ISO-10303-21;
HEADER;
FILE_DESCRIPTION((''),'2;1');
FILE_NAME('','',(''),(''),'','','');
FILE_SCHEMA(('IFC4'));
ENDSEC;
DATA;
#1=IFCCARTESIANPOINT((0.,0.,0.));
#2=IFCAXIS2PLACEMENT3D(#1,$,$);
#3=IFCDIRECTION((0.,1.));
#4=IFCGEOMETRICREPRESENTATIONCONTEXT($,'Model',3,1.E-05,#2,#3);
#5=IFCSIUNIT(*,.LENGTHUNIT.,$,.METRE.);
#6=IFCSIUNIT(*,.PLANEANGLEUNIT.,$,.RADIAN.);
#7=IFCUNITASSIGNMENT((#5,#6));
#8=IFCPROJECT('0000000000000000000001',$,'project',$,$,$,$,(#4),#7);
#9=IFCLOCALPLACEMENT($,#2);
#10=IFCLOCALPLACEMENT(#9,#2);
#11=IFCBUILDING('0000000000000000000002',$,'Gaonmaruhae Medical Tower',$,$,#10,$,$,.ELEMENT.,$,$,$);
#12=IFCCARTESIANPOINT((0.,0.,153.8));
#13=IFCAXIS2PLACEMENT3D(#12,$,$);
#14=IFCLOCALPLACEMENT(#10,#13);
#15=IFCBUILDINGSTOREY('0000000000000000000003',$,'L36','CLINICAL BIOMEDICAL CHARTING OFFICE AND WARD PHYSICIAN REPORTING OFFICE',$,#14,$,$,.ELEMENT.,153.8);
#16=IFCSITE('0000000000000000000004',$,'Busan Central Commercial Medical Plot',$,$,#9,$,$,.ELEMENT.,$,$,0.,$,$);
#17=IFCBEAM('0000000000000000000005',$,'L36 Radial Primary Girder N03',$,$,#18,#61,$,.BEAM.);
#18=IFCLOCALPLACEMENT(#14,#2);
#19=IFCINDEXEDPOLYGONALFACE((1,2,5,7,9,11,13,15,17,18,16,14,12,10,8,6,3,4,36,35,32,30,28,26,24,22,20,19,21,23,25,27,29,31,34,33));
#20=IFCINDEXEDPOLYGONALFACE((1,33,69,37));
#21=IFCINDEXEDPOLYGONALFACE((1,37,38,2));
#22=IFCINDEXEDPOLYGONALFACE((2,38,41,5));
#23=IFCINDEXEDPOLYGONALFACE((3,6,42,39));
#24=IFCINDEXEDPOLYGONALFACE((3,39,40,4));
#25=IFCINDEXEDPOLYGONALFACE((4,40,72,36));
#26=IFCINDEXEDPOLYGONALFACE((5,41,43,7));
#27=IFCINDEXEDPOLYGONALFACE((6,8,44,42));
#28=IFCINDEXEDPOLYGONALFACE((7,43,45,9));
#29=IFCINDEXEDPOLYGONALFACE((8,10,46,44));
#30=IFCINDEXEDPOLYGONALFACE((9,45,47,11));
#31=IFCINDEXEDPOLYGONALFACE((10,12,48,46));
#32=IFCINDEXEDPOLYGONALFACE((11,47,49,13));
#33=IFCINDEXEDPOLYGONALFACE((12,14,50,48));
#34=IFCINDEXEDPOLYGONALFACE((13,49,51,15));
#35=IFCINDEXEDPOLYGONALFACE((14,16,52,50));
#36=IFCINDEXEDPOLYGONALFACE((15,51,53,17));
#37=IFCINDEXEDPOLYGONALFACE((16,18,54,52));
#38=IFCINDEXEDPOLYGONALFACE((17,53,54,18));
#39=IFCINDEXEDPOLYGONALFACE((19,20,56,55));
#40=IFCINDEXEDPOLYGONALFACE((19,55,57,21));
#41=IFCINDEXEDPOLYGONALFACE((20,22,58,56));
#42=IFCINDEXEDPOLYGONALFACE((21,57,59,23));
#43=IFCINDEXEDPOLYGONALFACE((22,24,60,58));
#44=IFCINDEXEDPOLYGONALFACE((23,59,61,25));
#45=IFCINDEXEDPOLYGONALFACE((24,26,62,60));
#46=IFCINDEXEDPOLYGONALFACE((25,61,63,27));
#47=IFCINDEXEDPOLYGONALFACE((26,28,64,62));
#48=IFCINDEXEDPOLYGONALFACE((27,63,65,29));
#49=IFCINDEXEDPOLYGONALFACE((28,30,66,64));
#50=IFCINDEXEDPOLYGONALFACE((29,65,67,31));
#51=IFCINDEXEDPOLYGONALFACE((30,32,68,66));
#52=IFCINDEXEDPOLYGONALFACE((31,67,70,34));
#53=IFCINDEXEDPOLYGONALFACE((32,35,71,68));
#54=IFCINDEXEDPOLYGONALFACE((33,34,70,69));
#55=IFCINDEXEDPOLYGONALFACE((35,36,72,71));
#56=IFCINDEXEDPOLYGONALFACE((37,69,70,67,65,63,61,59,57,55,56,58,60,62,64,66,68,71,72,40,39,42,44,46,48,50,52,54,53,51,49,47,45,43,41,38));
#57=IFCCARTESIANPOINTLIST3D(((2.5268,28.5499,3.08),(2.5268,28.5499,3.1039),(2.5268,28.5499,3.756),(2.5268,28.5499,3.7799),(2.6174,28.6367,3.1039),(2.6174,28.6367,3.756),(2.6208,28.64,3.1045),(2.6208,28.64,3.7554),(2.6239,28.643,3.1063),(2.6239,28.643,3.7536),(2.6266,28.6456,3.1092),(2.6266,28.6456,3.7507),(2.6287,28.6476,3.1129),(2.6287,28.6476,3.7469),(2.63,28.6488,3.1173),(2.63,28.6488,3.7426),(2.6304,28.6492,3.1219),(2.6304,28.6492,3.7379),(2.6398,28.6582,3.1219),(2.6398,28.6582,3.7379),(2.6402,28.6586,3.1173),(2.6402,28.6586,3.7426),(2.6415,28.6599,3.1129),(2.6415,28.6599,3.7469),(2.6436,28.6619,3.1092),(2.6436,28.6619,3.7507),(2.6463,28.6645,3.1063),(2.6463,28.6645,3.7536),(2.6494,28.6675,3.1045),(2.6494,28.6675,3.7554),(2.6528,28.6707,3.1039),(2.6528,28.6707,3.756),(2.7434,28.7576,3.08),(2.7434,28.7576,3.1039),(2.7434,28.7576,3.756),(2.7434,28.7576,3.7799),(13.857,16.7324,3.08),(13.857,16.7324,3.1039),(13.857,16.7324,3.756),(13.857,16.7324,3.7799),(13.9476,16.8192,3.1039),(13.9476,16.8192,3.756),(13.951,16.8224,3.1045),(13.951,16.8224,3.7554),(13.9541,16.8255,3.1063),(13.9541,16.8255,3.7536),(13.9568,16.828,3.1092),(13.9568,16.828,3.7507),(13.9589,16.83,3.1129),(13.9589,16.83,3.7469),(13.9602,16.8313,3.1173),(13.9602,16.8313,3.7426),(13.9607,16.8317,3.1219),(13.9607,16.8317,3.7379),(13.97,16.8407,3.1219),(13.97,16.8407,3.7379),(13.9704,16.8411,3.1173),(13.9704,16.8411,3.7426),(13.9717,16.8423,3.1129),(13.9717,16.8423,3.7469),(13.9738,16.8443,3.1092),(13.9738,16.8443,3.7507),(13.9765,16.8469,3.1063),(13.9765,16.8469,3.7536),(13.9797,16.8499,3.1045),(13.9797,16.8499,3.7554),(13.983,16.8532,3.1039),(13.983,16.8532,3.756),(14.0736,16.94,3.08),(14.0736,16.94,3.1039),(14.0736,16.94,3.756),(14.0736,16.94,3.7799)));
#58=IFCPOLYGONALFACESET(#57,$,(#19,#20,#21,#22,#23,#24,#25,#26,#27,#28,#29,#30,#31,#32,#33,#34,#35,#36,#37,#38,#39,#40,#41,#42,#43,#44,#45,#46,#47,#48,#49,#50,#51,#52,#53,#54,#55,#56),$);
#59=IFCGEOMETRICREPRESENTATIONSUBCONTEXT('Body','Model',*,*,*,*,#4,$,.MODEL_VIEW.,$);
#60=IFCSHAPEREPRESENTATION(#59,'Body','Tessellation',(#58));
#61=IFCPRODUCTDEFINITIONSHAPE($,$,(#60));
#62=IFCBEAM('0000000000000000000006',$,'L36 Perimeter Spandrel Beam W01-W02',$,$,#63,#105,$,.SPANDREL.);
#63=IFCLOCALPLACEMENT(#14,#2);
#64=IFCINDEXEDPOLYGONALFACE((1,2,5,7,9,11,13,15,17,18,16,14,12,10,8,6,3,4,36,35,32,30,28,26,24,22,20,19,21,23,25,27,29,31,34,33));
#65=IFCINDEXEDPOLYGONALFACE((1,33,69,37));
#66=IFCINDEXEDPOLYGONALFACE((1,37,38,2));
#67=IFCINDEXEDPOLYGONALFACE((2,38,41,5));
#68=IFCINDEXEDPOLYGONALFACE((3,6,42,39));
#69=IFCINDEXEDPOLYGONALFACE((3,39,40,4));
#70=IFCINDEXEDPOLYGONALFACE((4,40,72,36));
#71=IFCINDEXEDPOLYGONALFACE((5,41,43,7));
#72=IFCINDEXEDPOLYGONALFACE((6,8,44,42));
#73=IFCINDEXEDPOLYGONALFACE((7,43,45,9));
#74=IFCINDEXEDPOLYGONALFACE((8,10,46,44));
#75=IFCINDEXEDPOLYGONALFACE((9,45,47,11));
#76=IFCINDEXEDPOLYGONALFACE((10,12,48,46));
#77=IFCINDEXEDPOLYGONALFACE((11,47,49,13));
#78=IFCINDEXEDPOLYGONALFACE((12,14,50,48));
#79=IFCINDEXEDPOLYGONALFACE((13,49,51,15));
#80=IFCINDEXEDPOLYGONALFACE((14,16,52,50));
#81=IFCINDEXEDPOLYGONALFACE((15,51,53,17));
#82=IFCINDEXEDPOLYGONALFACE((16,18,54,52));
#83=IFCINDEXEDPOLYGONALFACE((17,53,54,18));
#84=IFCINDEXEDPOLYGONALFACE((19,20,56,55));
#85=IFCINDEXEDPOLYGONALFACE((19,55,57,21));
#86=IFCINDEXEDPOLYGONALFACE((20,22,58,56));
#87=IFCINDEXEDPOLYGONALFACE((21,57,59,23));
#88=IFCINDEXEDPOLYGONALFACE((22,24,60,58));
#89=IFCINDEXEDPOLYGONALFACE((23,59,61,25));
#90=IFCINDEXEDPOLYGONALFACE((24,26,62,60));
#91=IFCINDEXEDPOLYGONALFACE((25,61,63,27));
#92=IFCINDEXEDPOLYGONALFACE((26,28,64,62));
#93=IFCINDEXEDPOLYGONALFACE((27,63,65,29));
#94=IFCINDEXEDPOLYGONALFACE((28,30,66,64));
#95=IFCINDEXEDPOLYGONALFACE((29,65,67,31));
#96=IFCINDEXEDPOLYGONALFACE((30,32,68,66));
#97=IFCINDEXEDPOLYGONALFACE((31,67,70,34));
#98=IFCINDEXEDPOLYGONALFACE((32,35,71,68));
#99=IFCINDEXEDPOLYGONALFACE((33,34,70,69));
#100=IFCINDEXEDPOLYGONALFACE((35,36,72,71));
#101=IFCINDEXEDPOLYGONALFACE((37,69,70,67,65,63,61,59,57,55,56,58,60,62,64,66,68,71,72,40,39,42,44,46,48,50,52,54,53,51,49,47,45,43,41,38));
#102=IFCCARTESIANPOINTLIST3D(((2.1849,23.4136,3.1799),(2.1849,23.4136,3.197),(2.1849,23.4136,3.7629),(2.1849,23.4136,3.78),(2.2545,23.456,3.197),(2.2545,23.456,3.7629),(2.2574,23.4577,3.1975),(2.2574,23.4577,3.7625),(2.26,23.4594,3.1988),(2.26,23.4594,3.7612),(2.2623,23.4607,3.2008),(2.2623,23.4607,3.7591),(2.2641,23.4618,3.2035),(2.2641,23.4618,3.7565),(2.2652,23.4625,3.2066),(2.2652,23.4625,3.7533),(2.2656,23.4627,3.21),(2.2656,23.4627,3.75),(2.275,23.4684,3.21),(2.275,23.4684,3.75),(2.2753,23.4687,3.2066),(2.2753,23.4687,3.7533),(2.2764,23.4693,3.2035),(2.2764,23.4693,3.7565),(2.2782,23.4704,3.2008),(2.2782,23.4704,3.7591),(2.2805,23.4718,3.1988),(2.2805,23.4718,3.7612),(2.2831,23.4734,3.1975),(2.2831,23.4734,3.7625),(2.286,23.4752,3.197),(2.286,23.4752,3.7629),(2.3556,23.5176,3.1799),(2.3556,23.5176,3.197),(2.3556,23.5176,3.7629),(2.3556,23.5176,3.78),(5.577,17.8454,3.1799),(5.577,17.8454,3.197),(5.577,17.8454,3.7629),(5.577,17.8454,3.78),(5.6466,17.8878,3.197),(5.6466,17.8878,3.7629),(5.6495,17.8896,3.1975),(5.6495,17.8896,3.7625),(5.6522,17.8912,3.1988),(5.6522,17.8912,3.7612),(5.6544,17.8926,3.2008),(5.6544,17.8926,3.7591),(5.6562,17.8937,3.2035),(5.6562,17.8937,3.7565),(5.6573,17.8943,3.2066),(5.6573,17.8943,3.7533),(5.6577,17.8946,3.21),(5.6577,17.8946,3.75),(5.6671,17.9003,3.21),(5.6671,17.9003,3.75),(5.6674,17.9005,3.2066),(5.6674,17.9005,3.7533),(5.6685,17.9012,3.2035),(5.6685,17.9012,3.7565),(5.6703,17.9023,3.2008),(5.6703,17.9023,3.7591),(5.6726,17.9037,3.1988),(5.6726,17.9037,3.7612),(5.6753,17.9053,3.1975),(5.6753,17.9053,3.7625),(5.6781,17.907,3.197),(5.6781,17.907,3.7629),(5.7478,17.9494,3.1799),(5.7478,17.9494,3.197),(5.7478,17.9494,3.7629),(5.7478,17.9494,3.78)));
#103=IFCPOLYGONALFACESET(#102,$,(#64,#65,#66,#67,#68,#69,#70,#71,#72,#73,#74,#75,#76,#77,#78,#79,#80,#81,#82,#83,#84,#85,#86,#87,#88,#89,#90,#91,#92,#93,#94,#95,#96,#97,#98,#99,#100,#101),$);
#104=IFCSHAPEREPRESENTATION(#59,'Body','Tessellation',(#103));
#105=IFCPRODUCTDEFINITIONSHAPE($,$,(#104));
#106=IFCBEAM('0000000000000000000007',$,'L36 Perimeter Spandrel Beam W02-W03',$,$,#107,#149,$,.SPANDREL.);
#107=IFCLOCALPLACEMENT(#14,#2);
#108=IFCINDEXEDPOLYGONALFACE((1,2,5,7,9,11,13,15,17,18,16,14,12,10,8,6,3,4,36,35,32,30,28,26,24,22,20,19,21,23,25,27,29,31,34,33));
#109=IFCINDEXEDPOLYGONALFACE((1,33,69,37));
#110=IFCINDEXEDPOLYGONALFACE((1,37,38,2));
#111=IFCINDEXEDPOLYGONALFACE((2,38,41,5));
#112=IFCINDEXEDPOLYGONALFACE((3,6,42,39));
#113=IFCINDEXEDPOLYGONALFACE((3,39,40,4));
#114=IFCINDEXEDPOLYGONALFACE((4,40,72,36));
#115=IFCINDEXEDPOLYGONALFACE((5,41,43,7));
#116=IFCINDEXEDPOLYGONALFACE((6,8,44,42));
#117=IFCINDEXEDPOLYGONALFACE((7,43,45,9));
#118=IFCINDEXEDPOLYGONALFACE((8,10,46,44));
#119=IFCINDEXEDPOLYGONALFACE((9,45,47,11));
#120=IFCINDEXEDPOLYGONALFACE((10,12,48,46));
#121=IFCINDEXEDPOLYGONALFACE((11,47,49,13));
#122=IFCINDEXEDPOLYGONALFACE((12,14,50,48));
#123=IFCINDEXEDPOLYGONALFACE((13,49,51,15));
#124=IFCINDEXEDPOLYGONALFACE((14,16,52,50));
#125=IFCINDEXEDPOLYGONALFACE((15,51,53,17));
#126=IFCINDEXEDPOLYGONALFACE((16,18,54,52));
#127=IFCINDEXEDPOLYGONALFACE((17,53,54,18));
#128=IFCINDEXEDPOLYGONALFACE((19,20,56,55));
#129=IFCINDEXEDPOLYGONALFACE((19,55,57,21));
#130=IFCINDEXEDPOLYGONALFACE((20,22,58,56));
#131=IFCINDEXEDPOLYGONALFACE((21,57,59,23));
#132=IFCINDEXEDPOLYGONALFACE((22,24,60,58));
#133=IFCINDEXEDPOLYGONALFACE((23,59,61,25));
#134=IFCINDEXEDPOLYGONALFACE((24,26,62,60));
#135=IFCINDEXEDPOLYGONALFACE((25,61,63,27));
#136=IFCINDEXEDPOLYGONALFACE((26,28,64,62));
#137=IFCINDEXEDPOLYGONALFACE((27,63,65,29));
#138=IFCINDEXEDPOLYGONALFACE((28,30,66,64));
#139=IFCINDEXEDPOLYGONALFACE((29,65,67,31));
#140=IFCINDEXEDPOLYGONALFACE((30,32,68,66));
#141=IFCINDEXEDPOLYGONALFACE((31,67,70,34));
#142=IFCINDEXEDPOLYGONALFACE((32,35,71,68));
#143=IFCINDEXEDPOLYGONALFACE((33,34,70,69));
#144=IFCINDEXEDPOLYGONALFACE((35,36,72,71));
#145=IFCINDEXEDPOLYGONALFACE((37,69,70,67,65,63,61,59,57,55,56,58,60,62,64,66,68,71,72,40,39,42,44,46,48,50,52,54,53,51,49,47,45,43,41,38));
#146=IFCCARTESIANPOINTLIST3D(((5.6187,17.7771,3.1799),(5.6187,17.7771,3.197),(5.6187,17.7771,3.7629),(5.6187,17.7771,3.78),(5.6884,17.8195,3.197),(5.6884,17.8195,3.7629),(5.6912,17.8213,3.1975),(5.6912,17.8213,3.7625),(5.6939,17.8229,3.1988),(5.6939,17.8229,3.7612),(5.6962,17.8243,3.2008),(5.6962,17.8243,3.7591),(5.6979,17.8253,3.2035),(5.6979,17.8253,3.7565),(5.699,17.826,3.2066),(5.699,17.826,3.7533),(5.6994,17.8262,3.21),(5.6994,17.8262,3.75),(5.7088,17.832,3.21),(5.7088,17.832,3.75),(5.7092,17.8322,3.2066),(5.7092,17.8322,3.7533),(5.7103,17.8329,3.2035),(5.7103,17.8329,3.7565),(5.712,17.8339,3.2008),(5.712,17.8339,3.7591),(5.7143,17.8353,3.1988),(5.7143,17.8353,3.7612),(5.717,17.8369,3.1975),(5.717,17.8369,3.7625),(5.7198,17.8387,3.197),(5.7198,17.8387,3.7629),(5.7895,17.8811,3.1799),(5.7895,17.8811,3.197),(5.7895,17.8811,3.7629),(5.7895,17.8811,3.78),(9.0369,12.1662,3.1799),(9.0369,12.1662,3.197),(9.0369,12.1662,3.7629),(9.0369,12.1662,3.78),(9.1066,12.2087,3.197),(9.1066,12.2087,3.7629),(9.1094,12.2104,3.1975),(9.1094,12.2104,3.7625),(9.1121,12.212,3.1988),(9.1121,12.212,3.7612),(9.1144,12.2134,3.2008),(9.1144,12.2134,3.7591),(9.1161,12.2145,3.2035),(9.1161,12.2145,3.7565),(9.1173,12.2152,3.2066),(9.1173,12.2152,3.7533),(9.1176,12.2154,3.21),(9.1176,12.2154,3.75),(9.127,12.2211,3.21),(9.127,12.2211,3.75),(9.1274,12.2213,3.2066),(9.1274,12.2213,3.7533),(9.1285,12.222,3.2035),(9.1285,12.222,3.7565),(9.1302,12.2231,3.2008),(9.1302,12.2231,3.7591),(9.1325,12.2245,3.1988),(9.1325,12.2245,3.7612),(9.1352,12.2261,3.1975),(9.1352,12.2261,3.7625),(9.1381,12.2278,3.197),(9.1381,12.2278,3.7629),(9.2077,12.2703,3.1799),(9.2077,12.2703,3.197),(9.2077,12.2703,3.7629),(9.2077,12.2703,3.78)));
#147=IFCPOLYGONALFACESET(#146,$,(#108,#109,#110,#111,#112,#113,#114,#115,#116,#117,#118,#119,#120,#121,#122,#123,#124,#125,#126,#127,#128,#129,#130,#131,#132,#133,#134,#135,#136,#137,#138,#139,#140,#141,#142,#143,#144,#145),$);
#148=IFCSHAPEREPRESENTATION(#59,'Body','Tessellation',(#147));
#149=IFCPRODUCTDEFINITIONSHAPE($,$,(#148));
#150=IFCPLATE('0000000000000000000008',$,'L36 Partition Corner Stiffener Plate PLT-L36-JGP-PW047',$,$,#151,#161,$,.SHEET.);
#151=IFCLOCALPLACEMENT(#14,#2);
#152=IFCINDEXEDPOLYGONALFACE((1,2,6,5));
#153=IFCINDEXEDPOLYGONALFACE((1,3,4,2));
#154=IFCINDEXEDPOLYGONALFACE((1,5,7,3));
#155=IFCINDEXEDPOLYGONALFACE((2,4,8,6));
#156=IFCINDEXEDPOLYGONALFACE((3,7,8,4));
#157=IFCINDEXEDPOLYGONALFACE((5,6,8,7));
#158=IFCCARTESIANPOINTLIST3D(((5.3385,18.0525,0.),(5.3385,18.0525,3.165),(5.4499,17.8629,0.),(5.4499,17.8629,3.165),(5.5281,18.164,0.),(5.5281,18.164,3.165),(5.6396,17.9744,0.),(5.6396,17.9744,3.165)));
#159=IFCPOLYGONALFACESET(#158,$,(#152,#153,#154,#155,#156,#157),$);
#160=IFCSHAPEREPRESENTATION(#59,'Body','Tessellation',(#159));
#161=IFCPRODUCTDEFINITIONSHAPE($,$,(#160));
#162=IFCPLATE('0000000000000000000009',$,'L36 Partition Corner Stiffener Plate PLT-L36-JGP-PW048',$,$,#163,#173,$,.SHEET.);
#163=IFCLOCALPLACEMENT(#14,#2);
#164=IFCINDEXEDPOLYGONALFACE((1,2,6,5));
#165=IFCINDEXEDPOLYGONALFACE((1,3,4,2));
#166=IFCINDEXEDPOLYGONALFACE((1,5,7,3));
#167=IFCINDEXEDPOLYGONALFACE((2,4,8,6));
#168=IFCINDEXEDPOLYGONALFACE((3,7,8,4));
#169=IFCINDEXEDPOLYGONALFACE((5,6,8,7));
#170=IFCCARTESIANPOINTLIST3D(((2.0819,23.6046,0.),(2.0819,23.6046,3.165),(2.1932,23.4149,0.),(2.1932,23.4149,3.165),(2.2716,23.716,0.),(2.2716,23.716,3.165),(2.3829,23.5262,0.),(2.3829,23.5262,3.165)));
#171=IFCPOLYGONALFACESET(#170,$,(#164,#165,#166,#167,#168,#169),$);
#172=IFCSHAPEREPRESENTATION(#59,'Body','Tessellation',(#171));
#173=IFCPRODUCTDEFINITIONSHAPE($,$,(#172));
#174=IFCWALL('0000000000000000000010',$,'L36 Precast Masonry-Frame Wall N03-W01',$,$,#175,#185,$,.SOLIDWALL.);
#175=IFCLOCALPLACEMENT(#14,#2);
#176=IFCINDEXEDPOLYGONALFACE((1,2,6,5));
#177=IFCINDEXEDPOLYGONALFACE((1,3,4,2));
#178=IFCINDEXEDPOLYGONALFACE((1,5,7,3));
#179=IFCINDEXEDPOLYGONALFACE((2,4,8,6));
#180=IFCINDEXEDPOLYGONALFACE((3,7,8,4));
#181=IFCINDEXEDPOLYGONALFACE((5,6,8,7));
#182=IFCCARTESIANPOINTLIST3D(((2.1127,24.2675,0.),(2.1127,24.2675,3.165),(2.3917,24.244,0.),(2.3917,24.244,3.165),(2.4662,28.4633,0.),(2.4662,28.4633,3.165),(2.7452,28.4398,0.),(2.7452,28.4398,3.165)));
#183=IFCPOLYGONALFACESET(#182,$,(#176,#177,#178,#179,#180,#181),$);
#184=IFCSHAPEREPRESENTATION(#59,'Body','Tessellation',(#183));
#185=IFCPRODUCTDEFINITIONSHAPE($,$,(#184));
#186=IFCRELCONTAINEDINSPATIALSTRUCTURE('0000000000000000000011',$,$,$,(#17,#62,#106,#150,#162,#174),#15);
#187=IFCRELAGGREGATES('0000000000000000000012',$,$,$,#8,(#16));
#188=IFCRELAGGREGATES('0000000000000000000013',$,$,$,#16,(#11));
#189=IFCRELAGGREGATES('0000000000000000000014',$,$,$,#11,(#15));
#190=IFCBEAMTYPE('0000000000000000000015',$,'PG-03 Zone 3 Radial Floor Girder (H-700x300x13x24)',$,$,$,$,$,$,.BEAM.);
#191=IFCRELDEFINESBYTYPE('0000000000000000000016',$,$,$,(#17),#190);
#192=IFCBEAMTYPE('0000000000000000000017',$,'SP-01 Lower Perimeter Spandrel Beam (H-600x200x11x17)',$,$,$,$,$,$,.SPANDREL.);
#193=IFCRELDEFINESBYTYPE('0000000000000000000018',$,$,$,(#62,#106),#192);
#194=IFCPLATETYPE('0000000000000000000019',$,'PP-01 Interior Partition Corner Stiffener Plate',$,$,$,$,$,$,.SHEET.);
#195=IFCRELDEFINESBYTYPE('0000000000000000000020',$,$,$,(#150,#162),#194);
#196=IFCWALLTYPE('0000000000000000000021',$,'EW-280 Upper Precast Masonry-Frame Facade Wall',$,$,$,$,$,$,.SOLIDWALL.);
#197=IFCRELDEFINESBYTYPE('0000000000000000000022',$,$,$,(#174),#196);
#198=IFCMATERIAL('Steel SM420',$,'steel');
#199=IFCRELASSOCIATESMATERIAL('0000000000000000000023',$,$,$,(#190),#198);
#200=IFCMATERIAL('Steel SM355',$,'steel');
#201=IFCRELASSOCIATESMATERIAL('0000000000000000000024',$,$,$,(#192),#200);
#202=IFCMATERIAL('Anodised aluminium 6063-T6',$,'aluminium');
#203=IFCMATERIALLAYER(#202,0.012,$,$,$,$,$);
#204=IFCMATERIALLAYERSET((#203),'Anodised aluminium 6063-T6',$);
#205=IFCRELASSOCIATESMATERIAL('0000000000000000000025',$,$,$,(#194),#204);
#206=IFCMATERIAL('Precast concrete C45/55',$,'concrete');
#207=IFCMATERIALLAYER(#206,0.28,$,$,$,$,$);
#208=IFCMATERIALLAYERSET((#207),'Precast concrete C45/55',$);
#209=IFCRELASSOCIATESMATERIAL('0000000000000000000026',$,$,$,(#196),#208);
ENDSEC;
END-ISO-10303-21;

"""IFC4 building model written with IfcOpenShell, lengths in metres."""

from ifc_helpers import new_model, si_unit, direction, frame, frame_2d, origin, origin_2d, place, context, subcontext, project, spatial, rectangle, i_section, extrude, material, layer, layer_set, material_profile, profile_set, type_object, element, save


model = new_model("IFC4")

# Units and contexts
model_context = context("Model", 3, precision=1e-05, world=origin(), true_north=direction((0.0, 1.0)))
body_context = subcontext(model_context, "Body", "Model", "MODEL_VIEW")
ifc_project = project(units=[si_unit("LENGTHUNIT", "METRE"), si_unit("PLANEANGLEUNIT", "RADIAN")], contexts=[model_context])

# Site, building, storey
site_placement = place(None, origin())
site = spatial("IfcSite", under=ifc_project, at=site_placement, Name="Busan Central Commercial Medical Plot", CompositionType="ELEMENT", RefElevation=0.0)
building_placement = place(site_placement, origin())
building = spatial("IfcBuilding", under=site, at=building_placement, Name="Gaonmaruhae Medical Tower", CompositionType="ELEMENT")
storey_placement = place(building_placement, frame((0.0, 0.0, 153.8)))
storey = spatial("IfcBuildingStorey", under=building, at=storey_placement, Name="L36", Description="CLINICAL BIOMEDICAL CHARTING OFFICE AND WARD PHYSICIAN REPORTING OFFICE", CompositionType="ELEMENT", Elevation=153.8)

# Beams
ifc_material_1 = material(Name="Steel SM355", Category="steel")
ifc_material_2 = material(Name="Steel SM420", Category="steel")
ifc_material_profile_1 = material_profile(ifc_material_2, i_section(OverallWidth=0.3, OverallDepth=0.7, WebThickness=0.0129, FlangeThickness=0.0239, FilletRadius=0.0181, at=origin_2d()), Name="H-700x300x13x24")
ifc_profile_set_1 = profile_set([ifc_material_profile_1], Name="Steel SM420")
beam_type_1 = type_object("IfcBeamType", Name="PG-03 Zone 3 Radial Floor Girder (H-700x300x13x24)", PredefinedType="BEAM", material=ifc_profile_set_1)
beam_1_placement = place(storey_placement, frame((13.9653, 16.8362, 3.4299), z_axis=(-0.692068, 0.721833, 0.0), x_axis=(-0.721833, -0.692068, 0.0)))
element("IfcBeam", 1, at=beam_1_placement, inside=storey, type_object=beam_type_1, Name="L36 Radial Primary Girder N03", PredefinedType="BEAM", context=body_context, shape_type="SweptSolid", body=[
    extrude(i_section(OverallWidth=0.3, OverallDepth=0.7, WebThickness=0.0129, FlangeThickness=0.0239, FilletRadius=0.0181, at=origin_2d()), origin(), (0.0, 0.0, 1.0), 16.3716),
])
ifc_material_profile_2 = material_profile(ifc_material_1, i_section(OverallWidth=0.2, OverallDepth=0.6001, WebThickness=0.011, FlangeThickness=0.0171, FilletRadius=0.0129, at=origin_2d()), Name="H-600x200x11x17")
ifc_profile_set_2 = profile_set([ifc_material_profile_2], Name="Steel SM355")
beam_type_2 = type_object("IfcBeamType", Name="SP-01 Lower Perimeter Spandrel Beam (H-600x200x11x17)", PredefinedType="SPANDREL", material=ifc_profile_set_2)
beam_2_placement = place(storey_placement, frame((2.2703, 23.4656, 3.48), z_axis=(0.520261, -0.854008, 0.0), x_axis=(0.854008, 0.520261, 0.0)))
element("IfcBeam", 2, at=beam_2_placement, inside=storey, type_object=beam_type_2, Name="L36 Perimeter Spandrel Beam W01-W02", PredefinedType="SPANDREL", context=body_context, shape_type="SweptSolid", body=[
    extrude(i_section(OverallWidth=0.2, OverallDepth=0.6001, WebThickness=0.011, FlangeThickness=0.0171, FilletRadius=0.0129, at=origin_2d()), origin(), (0.0, 0.0, 1.0), 6.52),
])
beam_3_placement = place(storey_placement, frame((5.7041, 17.8291, 3.48), z_axis=(0.520271, -0.854001, 0.0), x_axis=(0.854001, 0.520271, 0.0)))
element("IfcBeam", 3, at=beam_3_placement, inside=storey, type_object=beam_type_2, Name="L36 Perimeter Spandrel Beam W02-W03", PredefinedType="SPANDREL", context=body_context, shape_type="SweptSolid", body=[
    extrude(i_section(OverallWidth=0.2, OverallDepth=0.6001, WebThickness=0.011, FlangeThickness=0.0171, FilletRadius=0.0129, at=origin_2d()), origin(), (0.0, 0.0, 1.0), 6.5701),
])

# Plates
ifc_material_3 = material(Name="Anodised aluminium 6063-T6", Category="aluminium")
ifc_layer_1 = layer(ifc_material_3, 0.012)
ifc_layer_set_1 = layer_set([ifc_layer_1], Name="Anodised aluminium 6063-T6")
plate_type = type_object("IfcPlateType", Name="PP-01 Interior Partition Corner Stiffener Plate", PredefinedType="SHEET", material=ifc_layer_set_1)
for number, where, z_axis, x_axis, name in (
    (4, (5.489, 18.0134, 0.0), (0.0, 0.0, 1.0), (-0.506846, 0.862036, 0.0), "L36 Partition Corner Stiffener Plate PLT-L36-JGP-PW047"),
    (5, (2.2324, 23.5654, 0.0), (0.0, 0.0, 1.0), (-0.506124, 0.862461, 0.0), "L36 Partition Corner Stiffener Plate PLT-L36-JGP-PW048"),
):
    element("IfcPlate", number, at=place(storey_placement, frame(where, z_axis=z_axis, x_axis=x_axis)), inside=storey, type_object=plate_type, Name=name, PredefinedType="SHEET", context=body_context, shape_type="SweptSolid", body=[
        extrude(rectangle(XDim=0.22, YDim=0.22, at=origin_2d()), origin(), (0.0, 0.0, 1.0), 3.165),
    ])

# Wall
ifc_material_4 = material(Name="Precast concrete C45/55", Category="concrete")
ifc_layer_2 = layer(ifc_material_4, 0.28)
ifc_layer_set_2 = layer_set([ifc_layer_2], Name="Precast concrete C45/55")
wall_type_1 = type_object("IfcWallType", Name="EW-280 Upper Precast Masonry-Frame Facade Wall", PredefinedType="SOLIDWALL", material=ifc_layer_set_2)
wall_1_placement = place(storey_placement, frame((2.2522, 24.2556, 0.0), z_axis=(0.0, 0.0, 1.0), x_axis=(0.083957, 0.996469, 0.0)))
element("IfcWall", 6, at=wall_1_placement, inside=storey, type_object=wall_type_1, Name="L36 Precast Masonry-Frame Wall N03-W01", PredefinedType="SOLIDWALL", context=body_context, shape_type="SweptSolid", body=[
    extrude(rectangle(XDim=4.2107, YDim=0.28, at=frame_2d((2.1055, 0.0))), origin(), (0.0, 0.0, 1.0), 3.165),
])

save(model, "model.ifc")
